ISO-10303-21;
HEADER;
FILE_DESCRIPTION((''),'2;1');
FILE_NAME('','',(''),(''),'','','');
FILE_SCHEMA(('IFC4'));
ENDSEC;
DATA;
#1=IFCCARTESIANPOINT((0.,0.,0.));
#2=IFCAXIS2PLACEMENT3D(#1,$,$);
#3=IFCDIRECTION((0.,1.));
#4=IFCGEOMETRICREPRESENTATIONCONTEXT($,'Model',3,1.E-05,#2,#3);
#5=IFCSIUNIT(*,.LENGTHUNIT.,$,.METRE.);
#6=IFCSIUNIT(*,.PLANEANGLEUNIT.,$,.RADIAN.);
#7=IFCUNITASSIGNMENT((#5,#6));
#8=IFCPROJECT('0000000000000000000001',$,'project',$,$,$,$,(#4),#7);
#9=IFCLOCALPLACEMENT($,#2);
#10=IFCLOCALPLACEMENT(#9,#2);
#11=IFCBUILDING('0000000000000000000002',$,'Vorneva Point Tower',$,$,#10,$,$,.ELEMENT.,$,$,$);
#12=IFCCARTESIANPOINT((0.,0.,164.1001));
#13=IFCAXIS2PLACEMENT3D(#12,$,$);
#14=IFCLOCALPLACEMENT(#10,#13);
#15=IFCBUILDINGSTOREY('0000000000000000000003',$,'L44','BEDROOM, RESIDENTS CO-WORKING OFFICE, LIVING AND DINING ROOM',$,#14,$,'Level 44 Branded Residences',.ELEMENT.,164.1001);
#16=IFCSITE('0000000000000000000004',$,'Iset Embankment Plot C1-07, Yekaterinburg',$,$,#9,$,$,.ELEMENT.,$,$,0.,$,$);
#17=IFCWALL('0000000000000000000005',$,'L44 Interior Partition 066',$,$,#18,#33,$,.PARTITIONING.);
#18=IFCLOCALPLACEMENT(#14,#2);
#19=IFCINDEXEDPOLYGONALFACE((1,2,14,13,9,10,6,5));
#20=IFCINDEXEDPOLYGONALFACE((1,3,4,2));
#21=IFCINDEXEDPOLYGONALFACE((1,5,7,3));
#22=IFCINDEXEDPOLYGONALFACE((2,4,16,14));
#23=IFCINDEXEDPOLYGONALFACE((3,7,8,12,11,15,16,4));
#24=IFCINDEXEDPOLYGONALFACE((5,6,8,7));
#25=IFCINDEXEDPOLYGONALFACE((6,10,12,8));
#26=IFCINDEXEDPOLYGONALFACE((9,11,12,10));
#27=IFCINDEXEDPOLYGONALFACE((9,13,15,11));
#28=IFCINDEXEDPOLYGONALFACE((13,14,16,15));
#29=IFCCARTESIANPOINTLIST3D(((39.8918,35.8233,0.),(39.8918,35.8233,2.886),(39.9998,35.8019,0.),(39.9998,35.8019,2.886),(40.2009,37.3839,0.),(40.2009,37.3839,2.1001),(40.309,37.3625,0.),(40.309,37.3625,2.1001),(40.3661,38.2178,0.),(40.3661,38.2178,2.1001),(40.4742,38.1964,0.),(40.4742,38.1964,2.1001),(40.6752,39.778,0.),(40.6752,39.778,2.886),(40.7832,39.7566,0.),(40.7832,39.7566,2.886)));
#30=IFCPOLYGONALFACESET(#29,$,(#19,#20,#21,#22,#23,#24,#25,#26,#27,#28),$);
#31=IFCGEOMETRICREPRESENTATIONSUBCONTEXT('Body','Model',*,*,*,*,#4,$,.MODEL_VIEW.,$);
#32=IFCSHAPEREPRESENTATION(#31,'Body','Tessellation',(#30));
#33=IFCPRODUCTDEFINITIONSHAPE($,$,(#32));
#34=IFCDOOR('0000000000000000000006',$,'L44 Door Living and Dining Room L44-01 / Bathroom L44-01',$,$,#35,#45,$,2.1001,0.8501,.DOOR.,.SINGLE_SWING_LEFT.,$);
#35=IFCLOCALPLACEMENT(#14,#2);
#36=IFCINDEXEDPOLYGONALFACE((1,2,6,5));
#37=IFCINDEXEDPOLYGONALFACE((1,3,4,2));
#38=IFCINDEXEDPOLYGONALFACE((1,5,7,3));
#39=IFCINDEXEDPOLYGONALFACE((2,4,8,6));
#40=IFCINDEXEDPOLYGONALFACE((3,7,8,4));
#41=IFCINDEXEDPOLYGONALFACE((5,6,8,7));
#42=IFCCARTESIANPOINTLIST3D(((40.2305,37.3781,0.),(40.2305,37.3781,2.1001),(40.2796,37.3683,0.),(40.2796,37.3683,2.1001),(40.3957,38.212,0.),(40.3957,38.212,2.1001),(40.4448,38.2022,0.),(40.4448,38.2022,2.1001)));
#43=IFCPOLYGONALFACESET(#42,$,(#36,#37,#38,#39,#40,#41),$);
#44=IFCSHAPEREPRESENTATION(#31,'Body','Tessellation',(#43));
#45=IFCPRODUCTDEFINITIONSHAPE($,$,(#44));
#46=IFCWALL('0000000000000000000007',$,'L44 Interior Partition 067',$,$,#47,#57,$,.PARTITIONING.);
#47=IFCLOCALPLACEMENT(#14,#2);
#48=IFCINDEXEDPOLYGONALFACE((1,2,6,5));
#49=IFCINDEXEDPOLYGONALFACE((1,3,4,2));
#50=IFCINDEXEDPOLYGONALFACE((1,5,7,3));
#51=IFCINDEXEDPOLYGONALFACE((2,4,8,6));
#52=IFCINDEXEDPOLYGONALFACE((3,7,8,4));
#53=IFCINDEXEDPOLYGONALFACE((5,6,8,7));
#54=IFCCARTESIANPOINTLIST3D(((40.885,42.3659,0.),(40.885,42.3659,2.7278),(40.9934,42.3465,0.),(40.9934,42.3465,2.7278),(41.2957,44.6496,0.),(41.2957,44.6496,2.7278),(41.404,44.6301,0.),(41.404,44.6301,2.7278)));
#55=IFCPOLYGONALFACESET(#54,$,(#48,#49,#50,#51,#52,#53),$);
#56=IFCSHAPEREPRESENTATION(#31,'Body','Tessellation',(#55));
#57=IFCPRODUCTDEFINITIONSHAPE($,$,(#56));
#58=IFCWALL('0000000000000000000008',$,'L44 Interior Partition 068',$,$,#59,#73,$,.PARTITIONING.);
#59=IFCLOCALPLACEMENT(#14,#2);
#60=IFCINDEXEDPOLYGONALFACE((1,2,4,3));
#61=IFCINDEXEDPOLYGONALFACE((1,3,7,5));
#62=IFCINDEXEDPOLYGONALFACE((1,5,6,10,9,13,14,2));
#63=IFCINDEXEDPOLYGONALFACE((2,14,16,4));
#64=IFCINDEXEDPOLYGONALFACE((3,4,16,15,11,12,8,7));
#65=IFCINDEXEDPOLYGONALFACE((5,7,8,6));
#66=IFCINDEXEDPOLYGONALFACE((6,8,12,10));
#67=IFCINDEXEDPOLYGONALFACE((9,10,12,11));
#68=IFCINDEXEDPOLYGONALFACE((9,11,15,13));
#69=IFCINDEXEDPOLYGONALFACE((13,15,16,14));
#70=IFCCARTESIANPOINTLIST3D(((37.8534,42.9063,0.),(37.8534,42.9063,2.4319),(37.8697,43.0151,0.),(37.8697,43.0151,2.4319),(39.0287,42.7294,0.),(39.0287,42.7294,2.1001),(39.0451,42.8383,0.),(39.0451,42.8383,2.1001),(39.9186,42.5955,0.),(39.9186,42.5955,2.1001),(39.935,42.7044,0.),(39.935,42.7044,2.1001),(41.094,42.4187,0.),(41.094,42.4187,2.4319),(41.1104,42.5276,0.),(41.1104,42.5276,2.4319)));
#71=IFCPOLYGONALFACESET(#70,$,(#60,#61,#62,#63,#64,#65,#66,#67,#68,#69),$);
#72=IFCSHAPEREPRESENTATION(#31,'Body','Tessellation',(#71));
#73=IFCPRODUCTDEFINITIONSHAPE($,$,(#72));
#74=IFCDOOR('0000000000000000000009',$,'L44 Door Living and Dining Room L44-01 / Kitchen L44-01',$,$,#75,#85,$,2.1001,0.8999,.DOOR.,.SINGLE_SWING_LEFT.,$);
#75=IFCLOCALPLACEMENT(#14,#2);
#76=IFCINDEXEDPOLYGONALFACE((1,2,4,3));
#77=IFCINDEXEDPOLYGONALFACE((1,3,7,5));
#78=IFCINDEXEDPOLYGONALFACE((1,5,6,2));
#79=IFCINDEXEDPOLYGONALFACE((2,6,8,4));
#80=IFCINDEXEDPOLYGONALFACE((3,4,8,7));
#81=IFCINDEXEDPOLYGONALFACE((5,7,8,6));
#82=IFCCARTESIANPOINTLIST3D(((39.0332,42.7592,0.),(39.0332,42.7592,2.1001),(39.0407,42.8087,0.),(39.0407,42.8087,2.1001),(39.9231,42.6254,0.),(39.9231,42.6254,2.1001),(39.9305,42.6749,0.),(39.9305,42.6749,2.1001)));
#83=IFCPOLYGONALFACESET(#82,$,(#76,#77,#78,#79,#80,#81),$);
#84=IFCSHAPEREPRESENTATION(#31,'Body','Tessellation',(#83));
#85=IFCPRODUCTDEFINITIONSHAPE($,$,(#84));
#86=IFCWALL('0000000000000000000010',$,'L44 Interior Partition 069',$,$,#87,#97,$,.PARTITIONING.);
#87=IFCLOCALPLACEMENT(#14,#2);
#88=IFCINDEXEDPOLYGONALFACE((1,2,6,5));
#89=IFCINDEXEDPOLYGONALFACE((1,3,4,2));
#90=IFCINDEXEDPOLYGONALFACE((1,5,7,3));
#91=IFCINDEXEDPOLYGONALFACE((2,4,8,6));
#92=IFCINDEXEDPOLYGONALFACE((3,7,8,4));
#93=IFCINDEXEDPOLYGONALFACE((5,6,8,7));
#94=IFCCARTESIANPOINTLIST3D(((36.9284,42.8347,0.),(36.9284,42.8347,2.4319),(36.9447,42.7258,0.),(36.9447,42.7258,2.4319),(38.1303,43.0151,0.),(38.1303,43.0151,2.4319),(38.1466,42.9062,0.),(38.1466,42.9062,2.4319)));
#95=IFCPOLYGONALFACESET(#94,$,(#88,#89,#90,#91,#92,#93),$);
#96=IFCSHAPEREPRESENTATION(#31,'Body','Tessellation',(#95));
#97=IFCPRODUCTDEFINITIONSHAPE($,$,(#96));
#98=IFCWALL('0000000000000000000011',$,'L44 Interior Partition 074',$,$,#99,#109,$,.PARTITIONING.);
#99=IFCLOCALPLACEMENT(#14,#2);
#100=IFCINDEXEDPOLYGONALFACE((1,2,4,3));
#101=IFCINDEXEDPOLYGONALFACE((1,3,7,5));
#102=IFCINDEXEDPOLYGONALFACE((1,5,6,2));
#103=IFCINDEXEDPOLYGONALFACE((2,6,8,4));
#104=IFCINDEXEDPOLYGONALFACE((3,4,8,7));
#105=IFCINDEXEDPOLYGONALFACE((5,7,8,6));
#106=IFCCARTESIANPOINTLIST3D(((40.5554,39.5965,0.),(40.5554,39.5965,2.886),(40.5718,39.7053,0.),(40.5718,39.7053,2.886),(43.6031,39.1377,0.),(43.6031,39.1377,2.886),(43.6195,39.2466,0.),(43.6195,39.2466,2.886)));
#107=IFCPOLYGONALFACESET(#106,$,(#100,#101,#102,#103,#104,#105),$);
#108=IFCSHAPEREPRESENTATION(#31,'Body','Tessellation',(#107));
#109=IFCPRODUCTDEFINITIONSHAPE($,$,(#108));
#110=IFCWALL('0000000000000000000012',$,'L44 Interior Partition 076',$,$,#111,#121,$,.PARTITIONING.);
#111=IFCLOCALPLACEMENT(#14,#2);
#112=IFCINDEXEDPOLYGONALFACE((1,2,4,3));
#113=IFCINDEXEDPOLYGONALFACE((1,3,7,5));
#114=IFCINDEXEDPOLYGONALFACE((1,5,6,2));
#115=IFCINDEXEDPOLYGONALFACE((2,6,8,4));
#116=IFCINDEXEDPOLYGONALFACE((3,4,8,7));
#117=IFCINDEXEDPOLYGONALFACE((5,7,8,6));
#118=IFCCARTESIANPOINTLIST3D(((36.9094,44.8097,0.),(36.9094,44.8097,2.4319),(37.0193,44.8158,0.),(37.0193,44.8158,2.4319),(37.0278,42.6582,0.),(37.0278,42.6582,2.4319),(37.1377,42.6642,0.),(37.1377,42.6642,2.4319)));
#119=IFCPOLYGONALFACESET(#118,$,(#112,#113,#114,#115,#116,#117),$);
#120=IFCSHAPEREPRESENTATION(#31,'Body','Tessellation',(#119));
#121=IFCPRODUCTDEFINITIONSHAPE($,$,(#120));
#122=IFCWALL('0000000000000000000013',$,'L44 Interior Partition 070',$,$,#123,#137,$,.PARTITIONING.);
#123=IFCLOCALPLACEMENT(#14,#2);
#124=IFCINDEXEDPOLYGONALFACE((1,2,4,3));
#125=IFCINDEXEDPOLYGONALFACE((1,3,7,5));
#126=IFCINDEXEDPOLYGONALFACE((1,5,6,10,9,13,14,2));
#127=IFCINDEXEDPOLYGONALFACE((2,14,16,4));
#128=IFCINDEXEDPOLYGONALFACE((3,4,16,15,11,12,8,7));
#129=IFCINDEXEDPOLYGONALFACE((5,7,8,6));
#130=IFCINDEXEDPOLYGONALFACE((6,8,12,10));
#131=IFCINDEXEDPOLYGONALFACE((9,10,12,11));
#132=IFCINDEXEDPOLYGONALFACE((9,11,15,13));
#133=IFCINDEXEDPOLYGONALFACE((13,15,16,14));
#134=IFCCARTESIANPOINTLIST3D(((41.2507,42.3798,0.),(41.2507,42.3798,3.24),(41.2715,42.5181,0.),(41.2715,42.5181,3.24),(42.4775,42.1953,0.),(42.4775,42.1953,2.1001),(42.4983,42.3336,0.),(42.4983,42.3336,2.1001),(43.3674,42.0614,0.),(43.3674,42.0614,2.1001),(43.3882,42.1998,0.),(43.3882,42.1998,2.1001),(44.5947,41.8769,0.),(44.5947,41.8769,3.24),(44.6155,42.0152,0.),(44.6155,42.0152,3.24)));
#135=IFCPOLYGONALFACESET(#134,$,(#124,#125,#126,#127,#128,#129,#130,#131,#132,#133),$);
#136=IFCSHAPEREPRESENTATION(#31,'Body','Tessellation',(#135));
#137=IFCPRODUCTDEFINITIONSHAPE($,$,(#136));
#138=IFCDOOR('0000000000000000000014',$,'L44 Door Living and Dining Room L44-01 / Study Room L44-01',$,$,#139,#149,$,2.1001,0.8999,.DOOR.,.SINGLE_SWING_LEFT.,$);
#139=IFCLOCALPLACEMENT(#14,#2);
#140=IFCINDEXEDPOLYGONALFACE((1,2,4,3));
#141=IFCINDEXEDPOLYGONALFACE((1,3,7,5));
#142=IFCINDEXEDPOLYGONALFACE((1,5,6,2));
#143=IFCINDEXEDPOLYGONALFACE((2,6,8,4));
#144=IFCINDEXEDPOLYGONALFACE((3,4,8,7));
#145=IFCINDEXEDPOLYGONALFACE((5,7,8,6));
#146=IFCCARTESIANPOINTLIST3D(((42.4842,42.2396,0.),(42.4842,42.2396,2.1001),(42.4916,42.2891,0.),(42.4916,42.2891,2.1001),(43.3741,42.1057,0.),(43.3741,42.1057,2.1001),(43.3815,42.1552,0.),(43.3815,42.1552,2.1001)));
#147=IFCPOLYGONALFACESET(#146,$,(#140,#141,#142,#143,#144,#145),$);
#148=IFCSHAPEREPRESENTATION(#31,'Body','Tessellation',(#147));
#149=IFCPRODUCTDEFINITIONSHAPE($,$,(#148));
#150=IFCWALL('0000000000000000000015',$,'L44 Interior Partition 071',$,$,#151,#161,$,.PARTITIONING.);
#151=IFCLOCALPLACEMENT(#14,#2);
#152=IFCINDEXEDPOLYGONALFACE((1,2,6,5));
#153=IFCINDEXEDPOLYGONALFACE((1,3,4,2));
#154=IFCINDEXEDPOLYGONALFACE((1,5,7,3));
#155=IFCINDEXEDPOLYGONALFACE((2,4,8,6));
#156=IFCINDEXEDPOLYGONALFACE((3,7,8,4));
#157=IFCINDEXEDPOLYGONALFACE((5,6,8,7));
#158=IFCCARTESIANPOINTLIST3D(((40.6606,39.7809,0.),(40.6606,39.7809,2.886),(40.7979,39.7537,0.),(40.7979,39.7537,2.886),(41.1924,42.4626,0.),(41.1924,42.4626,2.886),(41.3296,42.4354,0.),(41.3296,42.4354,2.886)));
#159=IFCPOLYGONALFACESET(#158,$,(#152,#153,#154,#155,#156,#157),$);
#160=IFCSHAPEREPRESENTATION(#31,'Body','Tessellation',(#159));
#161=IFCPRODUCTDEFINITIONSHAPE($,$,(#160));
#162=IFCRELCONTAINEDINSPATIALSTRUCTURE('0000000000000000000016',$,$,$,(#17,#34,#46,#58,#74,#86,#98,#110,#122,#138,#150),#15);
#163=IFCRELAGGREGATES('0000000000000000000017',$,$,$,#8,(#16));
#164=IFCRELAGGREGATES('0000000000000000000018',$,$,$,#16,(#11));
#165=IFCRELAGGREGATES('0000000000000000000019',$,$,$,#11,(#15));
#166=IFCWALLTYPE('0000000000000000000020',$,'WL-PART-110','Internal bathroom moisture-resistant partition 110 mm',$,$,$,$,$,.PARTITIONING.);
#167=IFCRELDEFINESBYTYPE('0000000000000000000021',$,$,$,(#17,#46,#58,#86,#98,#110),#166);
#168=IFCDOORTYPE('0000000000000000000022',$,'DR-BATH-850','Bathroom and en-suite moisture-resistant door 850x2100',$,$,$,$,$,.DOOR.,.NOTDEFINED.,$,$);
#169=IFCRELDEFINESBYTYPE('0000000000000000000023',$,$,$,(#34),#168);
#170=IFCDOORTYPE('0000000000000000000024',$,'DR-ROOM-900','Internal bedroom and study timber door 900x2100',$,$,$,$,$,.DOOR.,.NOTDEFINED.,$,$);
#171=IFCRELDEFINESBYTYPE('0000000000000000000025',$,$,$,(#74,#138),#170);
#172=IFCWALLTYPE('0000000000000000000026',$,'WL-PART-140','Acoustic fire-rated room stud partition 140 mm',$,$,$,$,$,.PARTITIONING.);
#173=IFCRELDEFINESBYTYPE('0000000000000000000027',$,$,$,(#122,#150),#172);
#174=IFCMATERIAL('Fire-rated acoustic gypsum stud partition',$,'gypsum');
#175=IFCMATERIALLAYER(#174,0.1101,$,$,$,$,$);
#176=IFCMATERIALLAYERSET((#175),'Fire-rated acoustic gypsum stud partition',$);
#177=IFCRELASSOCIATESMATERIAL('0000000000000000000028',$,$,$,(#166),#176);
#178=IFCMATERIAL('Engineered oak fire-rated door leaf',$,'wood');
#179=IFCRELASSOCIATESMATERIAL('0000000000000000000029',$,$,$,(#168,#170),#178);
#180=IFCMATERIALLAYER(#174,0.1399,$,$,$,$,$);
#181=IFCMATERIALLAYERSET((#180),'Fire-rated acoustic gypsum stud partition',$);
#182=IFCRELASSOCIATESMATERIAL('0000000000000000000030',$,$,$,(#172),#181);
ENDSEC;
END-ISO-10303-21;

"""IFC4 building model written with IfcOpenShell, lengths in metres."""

from ifc_helpers import new_model, si_unit, direction, frame, frame_2d, origin, place, context, subcontext, project, spatial, rectangle, extrude, material, layer, layer_set, type_object, element, fill, save


model = new_model("IFC4")

# Units and contexts
model_context = context("Model", 3, precision=1e-05, world=origin(), true_north=direction((0.0, 1.0)))
body_context = subcontext(model_context, "Body", "Model", "MODEL_VIEW")
ifc_project = project(units=[si_unit("LENGTHUNIT", "METRE"), si_unit("PLANEANGLEUNIT", "RADIAN")], contexts=[model_context])

# Site, building, storey
site_placement = place(None, origin())
site = spatial("IfcSite", under=ifc_project, at=site_placement, Name="Iset Embankment Plot C1-07, Yekaterinburg", CompositionType="ELEMENT", RefElevation=0.0)
building_placement = place(site_placement, origin())
building = spatial("IfcBuilding", under=site, at=building_placement, Name="Vorneva Point Tower", CompositionType="ELEMENT")
storey_placement = place(building_placement, frame((0.0, 0.0, 164.1001)))
storey = spatial("IfcBuildingStorey", under=building, at=storey_placement, Name="L44", Description="BEDROOM, RESIDENTS CO-WORKING OFFICE, LIVING AND DINING ROOM", LongName="Level 44 Branded Residences", CompositionType="ELEMENT", Elevation=164.1001)

# Wall, opening, door
ifc_material_1 = material(Name="Fire-rated acoustic gypsum stud partition", Category="gypsum")
ifc_layer_1 = layer(ifc_material_1, 0.1101)
ifc_layer_set_1 = layer_set([ifc_layer_1], Name="Fire-rated acoustic gypsum stud partition")
wall_type_1 = type_object("IfcWallType", Name="WL-PART-110", Description="Internal bathroom moisture-resistant partition 110 mm", PredefinedType="PARTITIONING", material=ifc_layer_set_1)
wall_1_placement = place(storey_placement, frame((39.9458, 35.8127, 0.0), z_axis=(0.0, 0.0, 1.0), x_axis=(0.194334, 0.980935, 0.0)))
wall_1 = element("IfcWall", 1, at=wall_1_placement, inside=storey, type_object=wall_type_1, Name="L44 Interior Partition 066", PredefinedType="PARTITIONING", context=body_context, shape_type="SweptSolid", body=[
    extrude(rectangle(XDim=4.0315, YDim=0.1101, at=frame_2d((2.0156, 0.0))), origin(), (0.0, 0.0, 1.0), 2.886),
])
opening_1_placement = place(wall_1_placement, frame((1.5908, 0.0, 0.0)))
opening_1 = element("IfcOpeningElement", 2, at=opening_1_placement, cuts=wall_1, PredefinedType="OPENING", context=body_context, shape_type="SweptSolid", body=[
    extrude(rectangle(XDim=0.8501, YDim=2.1001, at=frame_2d((0.425, 1.05))), frame((0.0, 0.0698, 0.0), z_axis=(0.0, -1.0, 0.0), x_axis=(1.0, 0.0, 0.0)), (0.0, 0.0, 1.0), 0.1399),
])
ifc_material_2 = material(Name="Engineered oak fire-rated door leaf", Category="wood")
door_type_1 = type_object("IfcDoorType", Name="DR-BATH-850", Description="Bathroom and en-suite moisture-resistant door 850x2100", OperationType="NOTDEFINED", PredefinedType="DOOR", material=ifc_material_2)
door_1_placement = place(opening_1_placement, origin())
door_1 = element("IfcDoor", 3, at=door_1_placement, inside=storey, type_object=door_type_1, Name="L44 Door Living and Dining Room L44-01 / Bathroom L44-01", OperationType="SINGLE_SWING_LEFT", OverallHeight=2.1001, OverallWidth=0.8501, PredefinedType="DOOR", context=body_context, shape_type="SweptSolid", body=[
    extrude(rectangle(XDim=0.8501, YDim=2.1001, at=frame_2d((0.425, 1.05))), frame((0.0, 0.0249, 0.0), z_axis=(0.0, -1.0, 0.0), x_axis=(1.0, 0.0, 0.0)), (0.0, 0.0, 1.0), 0.05),
])
fill(opening_1, door_1)

# Wall
wall_2_placement = place(storey_placement, frame((41.3499, 44.6399, 0.0), z_axis=(0.0, 0.0, 1.0), x_axis=(-0.176978, -0.984215, 0.0)))
element("IfcWall", 4, at=wall_2_placement, inside=storey, type_object=wall_type_1, Name="L44 Interior Partition 067", PredefinedType="PARTITIONING", context=body_context, shape_type="SweptSolid", body=[
    extrude(rectangle(XDim=2.3203, YDim=0.1101, at=frame_2d((1.1602, 0.0))), origin(), (0.0, 0.0, 1.0), 2.7278),
])

# Wall, opening, door
wall_3_placement = place(storey_placement, frame((41.1023, 42.4731, 0.0), z_axis=(0.0, 0.0, 1.0), x_axis=(-0.988872, 0.14877, 0.0)))
wall_3 = element("IfcWall", 5, at=wall_3_placement, inside=storey, type_object=wall_type_1, Name="L44 Interior Partition 068", PredefinedType="PARTITIONING", context=body_context, shape_type="SweptSolid", body=[
    extrude(rectangle(XDim=3.2771, YDim=0.1101, at=frame_2d((1.6387, 0.0))), origin(), (0.0, 0.0, 1.0), 2.4319),
])
opening_2_placement = place(wall_3_placement, frame((1.1887, 0.0, 0.0)))
opening_2 = element("IfcOpeningElement", 6, at=opening_2_placement, cuts=wall_3, PredefinedType="OPENING", context=body_context, shape_type="SweptSolid", body=[
    extrude(rectangle(XDim=0.8999, YDim=2.1001, at=frame_2d((0.45, 1.05))), frame((0.0, 0.0698, 0.0), z_axis=(0.0, -1.0, 0.0), x_axis=(1.0, 0.0, 0.0)), (0.0, 0.0, 1.0), 0.1399),
])
door_type_2 = type_object("IfcDoorType", Name="DR-ROOM-900", Description="Internal bedroom and study timber door 900x2100", OperationType="NOTDEFINED", PredefinedType="DOOR", material=ifc_material_2)
door_2_placement = place(opening_2_placement, origin())
door_2 = element("IfcDoor", 7, at=door_2_placement, inside=storey, type_object=door_type_2, Name="L44 Door Living and Dining Room L44-01 / Kitchen L44-01", OperationType="SINGLE_SWING_LEFT", OverallHeight=2.1001, OverallWidth=0.8999, PredefinedType="DOOR", context=body_context, shape_type="SweptSolid", body=[
    extrude(rectangle(XDim=0.8999, YDim=2.1001, at=frame_2d((0.45, 1.05))), frame((0.0, 0.0249, 0.0), z_axis=(0.0, -1.0, 0.0), x_axis=(1.0, 0.0, 0.0)), (0.0, 0.0, 1.0), 0.05),
])
fill(opening_2, door_2)

# Walls
wall_4_placement = place(storey_placement, frame((38.1384, 42.9607, 0.0), z_axis=(0.0, 0.0, 1.0), x_axis=(-0.98892, -0.148449, 0.0)))
element("IfcWall", 8, at=wall_4_placement, inside=storey, type_object=wall_type_1, Name="L44 Interior Partition 069", PredefinedType="PARTITIONING", context=body_context, shape_type="SweptSolid", body=[
    extrude(rectangle(XDim=1.2153, YDim=0.1101, at=frame_2d((0.6077, 0.0))), origin(), (0.0, 0.0, 1.0), 2.4319),
])
wall_5_placement = place(storey_placement, frame((43.6113, 39.1921, 0.0), z_axis=(0.0, 0.0, 1.0), x_axis=(-0.98886, 0.148848, 0.0)))
element("IfcWall", 9, at=wall_5_placement, inside=storey, type_object=wall_type_1, Name="L44 Interior Partition 074", PredefinedType="PARTITIONING", context=body_context, shape_type="SweptSolid", body=[
    extrude(rectangle(XDim=3.082, YDim=0.1101, at=frame_2d((1.541, 0.0))), origin(), (0.0, 0.0, 1.0), 2.886),
])
wall_6_placement = place(storey_placement, frame((36.9644, 44.8127, 0.0), z_axis=(0.0, 0.0, 1.0), x_axis=(0.054949, -0.998489, 0.0)))
element("IfcWall", 10, at=wall_6_placement, inside=storey, type_object=wall_type_1, Name="L44 Interior Partition 076", PredefinedType="PARTITIONING", context=body_context, shape_type="SweptSolid", body=[
    extrude(rectangle(XDim=2.1548, YDim=0.1101, at=frame_2d((1.0774, 0.0))), origin(), (0.0, 0.0, 1.0), 2.4319),
])

# Wall, opening, door
ifc_layer_2 = layer(ifc_material_1, 0.1399)
ifc_layer_set_2 = layer_set([ifc_layer_2], Name="Fire-rated acoustic gypsum stud partition")
wall_type_2 = type_object("IfcWallType", Name="WL-PART-140", Description="Acoustic fire-rated room stud partition 140 mm", PredefinedType="PARTITIONING", material=ifc_layer_set_2)
wall_7_placement = place(storey_placement, frame((41.261, 42.449, 0.0), z_axis=(0.0, 0.0, 1.0), x_axis=(0.988879, -0.148725, 0.0)))
wall_7 = element("IfcWall", 11, at=wall_7_placement, inside=storey, type_object=wall_type_2, Name="L44 Interior Partition 070", PredefinedType="PARTITIONING", context=body_context, shape_type="SweptSolid", body=[
    extrude(rectangle(XDim=3.3816, YDim=0.1399, at=frame_2d((1.6909, 0.0))), origin(), (0.0, 0.0, 1.0), 3.24),
])
opening_3_placement = place(wall_7_placement, frame((1.2407, 0.0, 0.0)))
opening_3 = element("IfcOpeningElement", 12, at=opening_3_placement, cuts=wall_7, PredefinedType="OPENING", context=body_context, shape_type="SweptSolid", body=[
    extrude(rectangle(XDim=0.8999, YDim=2.1001, at=frame_2d((0.45, 1.05))), frame((0.0, 0.085, 0.0), z_axis=(0.0, -1.0, 0.0), x_axis=(1.0, 0.0, 0.0)), (0.0, 0.0, 1.0), 0.1697),
])
door_3_placement = place(opening_3_placement, origin())
door_3 = element("IfcDoor", 13, at=door_3_placement, inside=storey, type_object=door_type_2, Name="L44 Door Living and Dining Room L44-01 / Study Room L44-01", OperationType="SINGLE_SWING_LEFT", OverallHeight=2.1001, OverallWidth=0.8999, PredefinedType="DOOR", context=body_context, shape_type="SweptSolid", body=[
    extrude(rectangle(XDim=0.8999, YDim=2.1001, at=frame_2d((0.45, 1.05))), frame((0.0, 0.0249, 0.0), z_axis=(0.0, -1.0, 0.0), x_axis=(1.0, 0.0, 0.0)), (0.0, 0.0, 1.0), 0.05),
])
fill(opening_3, door_3)

# Wall
wall_8_placement = place(storey_placement, frame((40.7292, 39.7673, 0.0), z_axis=(0.0, 0.0, 1.0), x_axis=(0.194502, 0.980902, 0.0)))
element("IfcWall", 14, at=wall_8_placement, inside=storey, type_object=wall_type_2, Name="L44 Interior Partition 071", PredefinedType="PARTITIONING", context=body_context, shape_type="SweptSolid", body=[
    extrude(rectangle(XDim=2.7339, YDim=0.1399, at=frame_2d((1.3669, 0.0))), origin(), (0.0, 0.0, 1.0), 2.886),
])

save(model, "model.ifc")
